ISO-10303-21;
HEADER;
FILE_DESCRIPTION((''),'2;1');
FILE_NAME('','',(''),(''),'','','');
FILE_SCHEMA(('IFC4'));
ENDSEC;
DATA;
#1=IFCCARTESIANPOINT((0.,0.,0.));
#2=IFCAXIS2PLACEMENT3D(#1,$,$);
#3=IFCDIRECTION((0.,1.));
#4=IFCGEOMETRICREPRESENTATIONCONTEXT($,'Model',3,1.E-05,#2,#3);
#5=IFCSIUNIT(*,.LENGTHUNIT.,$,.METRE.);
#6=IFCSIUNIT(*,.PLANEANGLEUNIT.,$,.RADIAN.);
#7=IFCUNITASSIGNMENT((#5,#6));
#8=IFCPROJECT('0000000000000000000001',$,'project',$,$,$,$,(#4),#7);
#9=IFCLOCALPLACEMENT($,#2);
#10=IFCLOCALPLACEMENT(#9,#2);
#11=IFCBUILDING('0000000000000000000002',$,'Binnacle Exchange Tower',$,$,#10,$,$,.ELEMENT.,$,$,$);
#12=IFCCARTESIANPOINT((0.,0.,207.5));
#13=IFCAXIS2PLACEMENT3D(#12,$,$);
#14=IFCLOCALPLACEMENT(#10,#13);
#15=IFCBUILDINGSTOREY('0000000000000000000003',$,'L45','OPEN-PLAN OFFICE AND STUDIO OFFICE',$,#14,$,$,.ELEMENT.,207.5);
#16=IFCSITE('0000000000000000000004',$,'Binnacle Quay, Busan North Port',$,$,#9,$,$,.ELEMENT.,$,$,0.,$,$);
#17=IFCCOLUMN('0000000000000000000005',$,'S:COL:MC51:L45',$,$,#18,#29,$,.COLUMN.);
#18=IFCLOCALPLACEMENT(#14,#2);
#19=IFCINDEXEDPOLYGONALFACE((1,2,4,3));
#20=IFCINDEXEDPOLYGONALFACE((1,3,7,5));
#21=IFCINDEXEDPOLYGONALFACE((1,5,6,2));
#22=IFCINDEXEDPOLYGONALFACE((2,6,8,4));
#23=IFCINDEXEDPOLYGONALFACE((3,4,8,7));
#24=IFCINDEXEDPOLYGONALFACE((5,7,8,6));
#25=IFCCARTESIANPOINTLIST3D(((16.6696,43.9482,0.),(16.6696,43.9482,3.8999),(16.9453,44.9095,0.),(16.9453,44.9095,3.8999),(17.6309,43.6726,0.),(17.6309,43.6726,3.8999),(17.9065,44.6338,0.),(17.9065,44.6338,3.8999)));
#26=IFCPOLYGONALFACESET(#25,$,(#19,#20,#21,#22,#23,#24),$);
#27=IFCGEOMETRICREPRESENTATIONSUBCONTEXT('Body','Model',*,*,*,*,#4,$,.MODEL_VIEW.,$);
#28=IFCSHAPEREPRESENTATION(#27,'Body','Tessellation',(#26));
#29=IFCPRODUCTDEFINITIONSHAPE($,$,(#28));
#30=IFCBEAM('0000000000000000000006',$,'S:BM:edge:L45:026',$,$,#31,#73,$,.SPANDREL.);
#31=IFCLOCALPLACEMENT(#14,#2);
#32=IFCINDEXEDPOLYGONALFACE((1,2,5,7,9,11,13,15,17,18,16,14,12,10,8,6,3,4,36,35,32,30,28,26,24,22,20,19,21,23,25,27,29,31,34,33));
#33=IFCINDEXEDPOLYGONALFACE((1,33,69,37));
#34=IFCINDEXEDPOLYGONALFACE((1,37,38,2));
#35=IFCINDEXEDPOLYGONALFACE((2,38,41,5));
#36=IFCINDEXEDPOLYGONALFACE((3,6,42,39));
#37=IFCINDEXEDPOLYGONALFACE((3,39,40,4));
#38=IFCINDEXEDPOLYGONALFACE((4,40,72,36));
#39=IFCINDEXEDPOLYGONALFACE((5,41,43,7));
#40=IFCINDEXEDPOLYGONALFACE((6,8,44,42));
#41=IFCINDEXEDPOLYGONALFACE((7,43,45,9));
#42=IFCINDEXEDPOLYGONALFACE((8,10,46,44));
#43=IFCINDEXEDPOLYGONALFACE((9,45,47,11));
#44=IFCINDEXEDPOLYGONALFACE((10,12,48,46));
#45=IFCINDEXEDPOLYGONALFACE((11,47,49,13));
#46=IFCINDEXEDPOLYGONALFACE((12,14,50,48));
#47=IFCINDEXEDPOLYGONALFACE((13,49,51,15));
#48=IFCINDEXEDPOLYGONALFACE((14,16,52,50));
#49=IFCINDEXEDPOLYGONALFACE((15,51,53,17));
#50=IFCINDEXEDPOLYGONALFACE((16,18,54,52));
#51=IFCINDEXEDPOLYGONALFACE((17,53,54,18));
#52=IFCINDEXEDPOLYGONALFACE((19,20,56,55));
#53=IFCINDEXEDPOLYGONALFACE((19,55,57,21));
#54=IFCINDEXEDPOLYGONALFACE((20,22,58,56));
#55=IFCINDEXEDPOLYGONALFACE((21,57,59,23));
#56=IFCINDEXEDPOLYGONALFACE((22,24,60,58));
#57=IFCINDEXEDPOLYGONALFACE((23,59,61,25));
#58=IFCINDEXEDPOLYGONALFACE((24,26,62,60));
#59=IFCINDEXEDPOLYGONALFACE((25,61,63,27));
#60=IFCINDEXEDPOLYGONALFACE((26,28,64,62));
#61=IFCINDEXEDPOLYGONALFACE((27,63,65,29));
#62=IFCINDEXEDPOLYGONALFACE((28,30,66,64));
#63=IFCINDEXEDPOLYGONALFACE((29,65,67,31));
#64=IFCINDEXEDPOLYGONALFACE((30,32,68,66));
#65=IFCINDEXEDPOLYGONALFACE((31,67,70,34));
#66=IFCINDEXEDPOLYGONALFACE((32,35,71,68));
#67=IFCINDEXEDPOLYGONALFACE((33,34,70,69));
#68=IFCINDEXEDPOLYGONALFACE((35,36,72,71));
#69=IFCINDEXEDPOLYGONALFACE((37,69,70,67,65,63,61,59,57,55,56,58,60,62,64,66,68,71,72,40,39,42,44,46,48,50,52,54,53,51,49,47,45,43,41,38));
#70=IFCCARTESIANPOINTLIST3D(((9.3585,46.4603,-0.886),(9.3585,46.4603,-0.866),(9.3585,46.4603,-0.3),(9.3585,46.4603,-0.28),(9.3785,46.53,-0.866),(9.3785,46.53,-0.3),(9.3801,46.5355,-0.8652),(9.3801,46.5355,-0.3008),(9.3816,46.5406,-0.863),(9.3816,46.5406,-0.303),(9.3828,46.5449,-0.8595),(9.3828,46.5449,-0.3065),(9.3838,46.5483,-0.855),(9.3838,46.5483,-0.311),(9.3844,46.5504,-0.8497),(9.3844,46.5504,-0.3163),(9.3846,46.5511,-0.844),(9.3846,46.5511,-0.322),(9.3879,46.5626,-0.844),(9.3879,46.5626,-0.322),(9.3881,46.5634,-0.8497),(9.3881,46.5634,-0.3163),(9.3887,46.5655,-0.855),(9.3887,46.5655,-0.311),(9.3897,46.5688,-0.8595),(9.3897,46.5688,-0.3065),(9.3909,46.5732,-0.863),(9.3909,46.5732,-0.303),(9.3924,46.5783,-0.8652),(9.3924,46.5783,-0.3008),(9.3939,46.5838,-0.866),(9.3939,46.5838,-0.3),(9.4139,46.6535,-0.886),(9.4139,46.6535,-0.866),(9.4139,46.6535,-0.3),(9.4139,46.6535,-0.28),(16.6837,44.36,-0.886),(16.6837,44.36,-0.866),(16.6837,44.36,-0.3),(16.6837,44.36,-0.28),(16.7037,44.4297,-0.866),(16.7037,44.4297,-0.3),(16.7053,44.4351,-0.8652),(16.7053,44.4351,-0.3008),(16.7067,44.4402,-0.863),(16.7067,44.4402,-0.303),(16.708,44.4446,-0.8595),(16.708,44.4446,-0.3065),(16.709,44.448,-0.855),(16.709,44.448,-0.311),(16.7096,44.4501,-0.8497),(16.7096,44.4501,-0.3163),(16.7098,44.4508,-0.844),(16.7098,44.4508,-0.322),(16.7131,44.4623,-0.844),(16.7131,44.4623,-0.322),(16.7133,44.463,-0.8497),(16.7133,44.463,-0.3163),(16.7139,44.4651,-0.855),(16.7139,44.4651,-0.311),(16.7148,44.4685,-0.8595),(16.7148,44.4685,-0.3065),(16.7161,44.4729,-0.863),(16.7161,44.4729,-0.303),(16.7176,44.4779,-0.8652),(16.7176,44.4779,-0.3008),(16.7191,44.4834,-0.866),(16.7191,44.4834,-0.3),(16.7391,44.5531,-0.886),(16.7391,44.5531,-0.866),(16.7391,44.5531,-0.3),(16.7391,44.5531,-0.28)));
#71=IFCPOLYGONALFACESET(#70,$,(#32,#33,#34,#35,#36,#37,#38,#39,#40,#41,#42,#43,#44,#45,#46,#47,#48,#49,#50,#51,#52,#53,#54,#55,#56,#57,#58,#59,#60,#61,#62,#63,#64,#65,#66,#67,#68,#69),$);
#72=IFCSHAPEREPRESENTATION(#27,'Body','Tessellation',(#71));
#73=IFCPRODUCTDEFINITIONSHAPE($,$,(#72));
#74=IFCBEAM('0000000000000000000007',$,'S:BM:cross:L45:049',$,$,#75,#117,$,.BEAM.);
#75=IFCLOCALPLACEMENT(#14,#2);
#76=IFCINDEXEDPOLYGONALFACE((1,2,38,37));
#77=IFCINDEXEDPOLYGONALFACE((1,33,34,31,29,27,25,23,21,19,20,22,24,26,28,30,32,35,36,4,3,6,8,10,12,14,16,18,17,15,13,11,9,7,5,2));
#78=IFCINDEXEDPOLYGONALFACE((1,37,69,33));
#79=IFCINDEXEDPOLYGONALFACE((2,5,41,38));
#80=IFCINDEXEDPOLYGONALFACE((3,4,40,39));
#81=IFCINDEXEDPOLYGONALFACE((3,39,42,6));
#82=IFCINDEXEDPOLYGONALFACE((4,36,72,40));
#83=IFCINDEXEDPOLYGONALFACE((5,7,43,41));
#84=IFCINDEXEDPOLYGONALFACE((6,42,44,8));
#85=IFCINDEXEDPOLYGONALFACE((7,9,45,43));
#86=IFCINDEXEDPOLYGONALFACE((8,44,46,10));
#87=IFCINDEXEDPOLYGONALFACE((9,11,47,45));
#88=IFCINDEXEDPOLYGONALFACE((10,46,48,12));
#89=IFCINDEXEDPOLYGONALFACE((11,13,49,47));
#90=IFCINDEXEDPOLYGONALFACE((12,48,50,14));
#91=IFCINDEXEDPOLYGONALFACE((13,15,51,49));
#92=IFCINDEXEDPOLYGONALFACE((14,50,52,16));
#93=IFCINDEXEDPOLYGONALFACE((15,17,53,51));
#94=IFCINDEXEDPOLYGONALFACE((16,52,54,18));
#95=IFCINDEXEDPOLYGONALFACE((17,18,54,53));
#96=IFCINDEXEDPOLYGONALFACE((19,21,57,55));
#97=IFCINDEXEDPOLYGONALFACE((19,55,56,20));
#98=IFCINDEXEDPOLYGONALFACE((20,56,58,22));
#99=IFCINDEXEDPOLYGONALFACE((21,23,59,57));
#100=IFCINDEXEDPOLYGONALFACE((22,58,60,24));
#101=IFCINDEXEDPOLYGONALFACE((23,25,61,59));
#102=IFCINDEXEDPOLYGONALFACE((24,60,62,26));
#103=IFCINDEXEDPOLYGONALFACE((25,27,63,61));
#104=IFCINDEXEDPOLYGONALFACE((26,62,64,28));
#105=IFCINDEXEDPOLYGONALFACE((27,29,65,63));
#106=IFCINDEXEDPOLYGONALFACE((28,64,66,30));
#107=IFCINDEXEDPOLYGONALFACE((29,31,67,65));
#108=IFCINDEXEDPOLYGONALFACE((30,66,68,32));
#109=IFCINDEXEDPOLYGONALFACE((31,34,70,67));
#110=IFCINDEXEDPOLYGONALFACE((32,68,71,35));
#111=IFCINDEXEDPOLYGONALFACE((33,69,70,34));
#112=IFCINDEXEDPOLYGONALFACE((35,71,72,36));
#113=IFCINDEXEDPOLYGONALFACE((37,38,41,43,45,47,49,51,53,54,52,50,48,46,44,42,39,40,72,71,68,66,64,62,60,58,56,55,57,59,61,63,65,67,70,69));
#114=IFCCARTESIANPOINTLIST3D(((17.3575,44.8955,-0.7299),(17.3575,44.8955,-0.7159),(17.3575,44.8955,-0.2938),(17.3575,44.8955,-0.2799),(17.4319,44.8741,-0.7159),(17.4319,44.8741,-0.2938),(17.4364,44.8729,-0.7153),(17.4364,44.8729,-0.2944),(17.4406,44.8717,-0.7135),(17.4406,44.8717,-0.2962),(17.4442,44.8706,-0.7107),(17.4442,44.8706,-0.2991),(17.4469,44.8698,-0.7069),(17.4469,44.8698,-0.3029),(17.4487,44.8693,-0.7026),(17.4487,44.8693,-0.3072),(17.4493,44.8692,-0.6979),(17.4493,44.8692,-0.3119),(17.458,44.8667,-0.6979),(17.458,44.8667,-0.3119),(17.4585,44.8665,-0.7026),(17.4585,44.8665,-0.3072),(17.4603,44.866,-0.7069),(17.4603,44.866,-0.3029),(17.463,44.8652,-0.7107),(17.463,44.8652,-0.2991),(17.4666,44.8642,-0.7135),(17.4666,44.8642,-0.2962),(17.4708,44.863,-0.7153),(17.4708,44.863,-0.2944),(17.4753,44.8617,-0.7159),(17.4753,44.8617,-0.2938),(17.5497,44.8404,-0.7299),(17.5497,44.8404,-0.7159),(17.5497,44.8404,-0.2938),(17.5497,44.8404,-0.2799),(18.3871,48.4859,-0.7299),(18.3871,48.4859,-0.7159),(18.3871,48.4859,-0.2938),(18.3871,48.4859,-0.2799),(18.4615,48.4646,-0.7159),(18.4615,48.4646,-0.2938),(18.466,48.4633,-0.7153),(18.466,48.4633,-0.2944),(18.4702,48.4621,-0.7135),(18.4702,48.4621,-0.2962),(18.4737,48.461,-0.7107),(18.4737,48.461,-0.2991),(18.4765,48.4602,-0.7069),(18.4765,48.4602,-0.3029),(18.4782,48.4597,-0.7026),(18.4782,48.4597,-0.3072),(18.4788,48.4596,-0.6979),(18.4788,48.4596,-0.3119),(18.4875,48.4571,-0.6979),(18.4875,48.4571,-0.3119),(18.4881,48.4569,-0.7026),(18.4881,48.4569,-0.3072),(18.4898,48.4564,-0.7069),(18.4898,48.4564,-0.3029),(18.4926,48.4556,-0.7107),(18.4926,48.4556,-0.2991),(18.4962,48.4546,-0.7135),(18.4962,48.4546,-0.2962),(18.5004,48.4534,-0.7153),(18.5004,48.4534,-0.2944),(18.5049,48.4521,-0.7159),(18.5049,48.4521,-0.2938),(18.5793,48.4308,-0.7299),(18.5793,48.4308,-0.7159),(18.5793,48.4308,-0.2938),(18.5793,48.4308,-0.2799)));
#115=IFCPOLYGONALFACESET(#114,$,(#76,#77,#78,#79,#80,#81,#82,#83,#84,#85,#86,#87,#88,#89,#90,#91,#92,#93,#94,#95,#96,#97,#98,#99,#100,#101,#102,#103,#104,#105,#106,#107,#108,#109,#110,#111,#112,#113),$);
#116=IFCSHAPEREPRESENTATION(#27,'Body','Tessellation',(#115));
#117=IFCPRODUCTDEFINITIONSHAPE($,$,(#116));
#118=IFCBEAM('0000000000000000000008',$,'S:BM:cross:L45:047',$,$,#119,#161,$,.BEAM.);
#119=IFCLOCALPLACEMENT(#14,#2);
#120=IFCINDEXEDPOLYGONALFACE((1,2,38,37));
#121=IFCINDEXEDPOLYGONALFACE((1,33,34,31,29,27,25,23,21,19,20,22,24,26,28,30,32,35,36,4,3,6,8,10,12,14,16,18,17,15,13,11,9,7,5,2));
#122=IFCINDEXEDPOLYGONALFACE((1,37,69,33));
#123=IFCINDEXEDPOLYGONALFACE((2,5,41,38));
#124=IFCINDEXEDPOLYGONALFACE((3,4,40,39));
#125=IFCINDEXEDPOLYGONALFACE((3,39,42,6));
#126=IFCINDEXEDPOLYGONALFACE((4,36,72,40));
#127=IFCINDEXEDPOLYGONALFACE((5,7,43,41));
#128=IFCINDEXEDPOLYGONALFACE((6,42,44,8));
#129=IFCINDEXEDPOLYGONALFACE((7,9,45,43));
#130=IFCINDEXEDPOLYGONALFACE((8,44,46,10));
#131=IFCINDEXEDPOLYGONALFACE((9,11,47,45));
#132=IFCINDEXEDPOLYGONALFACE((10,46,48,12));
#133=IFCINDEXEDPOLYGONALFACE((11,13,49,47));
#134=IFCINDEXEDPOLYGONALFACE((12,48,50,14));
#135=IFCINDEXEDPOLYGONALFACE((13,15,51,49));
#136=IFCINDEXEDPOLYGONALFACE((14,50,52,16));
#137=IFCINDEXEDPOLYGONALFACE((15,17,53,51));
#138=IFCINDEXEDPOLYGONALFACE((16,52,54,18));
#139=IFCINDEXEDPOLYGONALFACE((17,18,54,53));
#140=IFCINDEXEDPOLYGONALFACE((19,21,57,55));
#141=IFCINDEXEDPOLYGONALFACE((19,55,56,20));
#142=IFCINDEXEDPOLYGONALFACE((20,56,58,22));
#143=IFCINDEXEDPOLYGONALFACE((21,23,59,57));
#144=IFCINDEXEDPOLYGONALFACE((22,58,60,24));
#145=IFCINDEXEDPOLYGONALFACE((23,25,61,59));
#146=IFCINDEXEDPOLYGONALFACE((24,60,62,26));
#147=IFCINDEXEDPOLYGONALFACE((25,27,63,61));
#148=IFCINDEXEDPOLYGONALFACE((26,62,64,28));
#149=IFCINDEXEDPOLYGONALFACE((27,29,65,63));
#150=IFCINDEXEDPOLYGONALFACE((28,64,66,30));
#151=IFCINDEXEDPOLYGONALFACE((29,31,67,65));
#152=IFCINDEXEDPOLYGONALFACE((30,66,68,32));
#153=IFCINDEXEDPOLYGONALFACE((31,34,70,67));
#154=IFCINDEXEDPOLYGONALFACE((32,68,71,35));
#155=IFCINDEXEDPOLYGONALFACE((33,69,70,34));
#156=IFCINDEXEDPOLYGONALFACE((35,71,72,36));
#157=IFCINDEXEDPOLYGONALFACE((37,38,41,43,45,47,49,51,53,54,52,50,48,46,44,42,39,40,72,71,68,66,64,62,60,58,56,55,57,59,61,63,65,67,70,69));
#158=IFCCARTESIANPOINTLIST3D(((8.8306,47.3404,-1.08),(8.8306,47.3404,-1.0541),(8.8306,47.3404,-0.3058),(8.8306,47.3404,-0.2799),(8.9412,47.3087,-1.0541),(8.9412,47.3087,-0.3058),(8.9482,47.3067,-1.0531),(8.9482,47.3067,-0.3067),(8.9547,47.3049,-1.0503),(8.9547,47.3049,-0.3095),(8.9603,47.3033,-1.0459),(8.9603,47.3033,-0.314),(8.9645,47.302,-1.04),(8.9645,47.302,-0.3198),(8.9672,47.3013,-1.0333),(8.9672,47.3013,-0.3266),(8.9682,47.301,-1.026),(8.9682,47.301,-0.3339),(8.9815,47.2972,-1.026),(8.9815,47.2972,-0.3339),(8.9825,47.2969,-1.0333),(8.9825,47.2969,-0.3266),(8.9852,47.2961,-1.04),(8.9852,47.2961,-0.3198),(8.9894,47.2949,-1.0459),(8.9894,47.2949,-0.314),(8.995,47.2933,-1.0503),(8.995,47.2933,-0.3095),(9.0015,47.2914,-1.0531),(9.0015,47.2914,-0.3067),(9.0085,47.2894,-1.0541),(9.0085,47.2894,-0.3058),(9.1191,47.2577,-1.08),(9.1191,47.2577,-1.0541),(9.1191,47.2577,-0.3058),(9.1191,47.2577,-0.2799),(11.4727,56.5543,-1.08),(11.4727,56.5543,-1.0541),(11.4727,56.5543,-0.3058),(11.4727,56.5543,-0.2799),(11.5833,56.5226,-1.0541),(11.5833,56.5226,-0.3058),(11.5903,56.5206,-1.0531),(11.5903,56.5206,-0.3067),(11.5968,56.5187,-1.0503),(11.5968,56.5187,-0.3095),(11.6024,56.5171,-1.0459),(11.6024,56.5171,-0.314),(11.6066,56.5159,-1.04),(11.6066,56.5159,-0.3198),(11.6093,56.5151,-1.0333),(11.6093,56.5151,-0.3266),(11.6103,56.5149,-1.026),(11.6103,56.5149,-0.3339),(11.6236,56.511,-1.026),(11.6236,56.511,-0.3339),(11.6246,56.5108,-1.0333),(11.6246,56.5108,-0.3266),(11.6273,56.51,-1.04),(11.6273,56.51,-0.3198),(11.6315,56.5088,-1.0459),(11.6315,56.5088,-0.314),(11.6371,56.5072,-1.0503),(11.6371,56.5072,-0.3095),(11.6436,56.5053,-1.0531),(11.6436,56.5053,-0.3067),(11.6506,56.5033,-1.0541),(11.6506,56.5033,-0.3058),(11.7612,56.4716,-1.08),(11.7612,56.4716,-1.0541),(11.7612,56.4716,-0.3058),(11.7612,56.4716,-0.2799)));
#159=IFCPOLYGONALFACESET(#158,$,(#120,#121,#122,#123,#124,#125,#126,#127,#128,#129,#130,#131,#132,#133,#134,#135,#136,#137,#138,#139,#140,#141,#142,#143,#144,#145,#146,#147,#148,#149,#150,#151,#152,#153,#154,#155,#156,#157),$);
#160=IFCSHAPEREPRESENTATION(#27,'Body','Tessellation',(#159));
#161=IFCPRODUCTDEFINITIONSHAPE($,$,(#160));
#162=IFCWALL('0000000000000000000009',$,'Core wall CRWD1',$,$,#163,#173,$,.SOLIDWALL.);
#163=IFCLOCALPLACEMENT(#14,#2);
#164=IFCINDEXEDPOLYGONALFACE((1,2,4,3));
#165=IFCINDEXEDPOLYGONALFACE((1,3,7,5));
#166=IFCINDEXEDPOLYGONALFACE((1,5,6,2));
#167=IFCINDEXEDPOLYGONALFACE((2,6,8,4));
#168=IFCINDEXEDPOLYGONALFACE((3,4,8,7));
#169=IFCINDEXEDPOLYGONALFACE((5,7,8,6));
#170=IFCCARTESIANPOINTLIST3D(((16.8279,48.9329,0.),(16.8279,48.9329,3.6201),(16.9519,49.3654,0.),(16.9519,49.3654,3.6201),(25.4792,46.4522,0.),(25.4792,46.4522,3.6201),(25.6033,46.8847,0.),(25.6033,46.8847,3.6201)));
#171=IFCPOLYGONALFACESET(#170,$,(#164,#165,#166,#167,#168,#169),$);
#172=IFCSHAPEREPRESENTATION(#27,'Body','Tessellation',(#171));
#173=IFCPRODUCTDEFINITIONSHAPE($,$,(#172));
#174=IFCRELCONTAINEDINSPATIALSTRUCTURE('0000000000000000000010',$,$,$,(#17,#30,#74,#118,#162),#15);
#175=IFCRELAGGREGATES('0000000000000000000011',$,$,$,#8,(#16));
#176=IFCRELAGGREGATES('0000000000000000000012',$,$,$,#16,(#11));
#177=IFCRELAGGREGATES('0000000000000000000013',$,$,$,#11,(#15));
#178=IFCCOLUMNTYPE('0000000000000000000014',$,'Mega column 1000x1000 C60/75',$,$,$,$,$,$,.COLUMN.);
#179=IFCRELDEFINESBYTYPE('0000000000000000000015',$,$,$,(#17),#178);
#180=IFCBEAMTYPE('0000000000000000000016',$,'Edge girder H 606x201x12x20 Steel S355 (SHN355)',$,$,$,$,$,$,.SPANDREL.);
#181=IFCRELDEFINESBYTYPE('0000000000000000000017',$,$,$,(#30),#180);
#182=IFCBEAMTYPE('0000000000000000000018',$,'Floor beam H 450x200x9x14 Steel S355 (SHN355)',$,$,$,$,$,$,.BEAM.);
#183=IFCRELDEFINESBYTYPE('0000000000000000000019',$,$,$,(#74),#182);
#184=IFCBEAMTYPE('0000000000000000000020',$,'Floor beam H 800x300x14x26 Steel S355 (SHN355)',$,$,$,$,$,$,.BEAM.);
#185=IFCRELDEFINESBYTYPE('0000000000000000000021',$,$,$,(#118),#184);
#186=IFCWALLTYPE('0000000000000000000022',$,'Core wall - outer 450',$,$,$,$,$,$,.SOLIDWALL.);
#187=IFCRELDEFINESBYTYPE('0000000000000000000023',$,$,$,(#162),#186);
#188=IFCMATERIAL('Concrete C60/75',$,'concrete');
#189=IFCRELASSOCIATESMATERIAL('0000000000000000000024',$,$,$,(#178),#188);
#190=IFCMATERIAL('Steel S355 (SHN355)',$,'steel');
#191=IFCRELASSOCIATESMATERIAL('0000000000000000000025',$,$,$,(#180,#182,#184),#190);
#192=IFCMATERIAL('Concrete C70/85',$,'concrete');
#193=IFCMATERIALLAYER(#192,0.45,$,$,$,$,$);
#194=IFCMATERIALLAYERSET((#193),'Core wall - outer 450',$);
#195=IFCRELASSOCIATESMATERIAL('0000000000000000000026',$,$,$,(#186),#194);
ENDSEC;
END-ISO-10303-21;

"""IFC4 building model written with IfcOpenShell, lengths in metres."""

from ifc_helpers import new_model, si_unit, direction, frame, frame_2d, origin, origin_2d, place, context, subcontext, project, spatial, rectangle, i_section, extrude, material, layer, layer_set, material_profile, profile_set, type_object, element, save


model = new_model("IFC4")

# Units and contexts
model_context = context("Model", 3, precision=1e-05, world=origin(), true_north=direction((0.0, 1.0)))
body_context = subcontext(model_context, "Body", "Model", "MODEL_VIEW")
ifc_project = project(units=[si_unit("LENGTHUNIT", "METRE"), si_unit("PLANEANGLEUNIT", "RADIAN")], contexts=[model_context])

# Site, building, storey
site_placement = place(None, origin())
site = spatial("IfcSite", under=ifc_project, at=site_placement, Name="Binnacle Quay, Busan North Port", CompositionType="ELEMENT", RefElevation=0.0)
building_placement = place(site_placement, origin())
building = spatial("IfcBuilding", under=site, at=building_placement, Name="Binnacle Exchange Tower", CompositionType="ELEMENT")
storey_placement = place(building_placement, frame((0.0, 0.0, 207.5)))
storey = spatial("IfcBuildingStorey", under=building, at=storey_placement, Name="L45", Description="OPEN-PLAN OFFICE AND STUDIO OFFICE", CompositionType="ELEMENT", Elevation=207.5)

# Column
ifc_material_1 = material(Name="Concrete C60/75", Category="concrete")
ifc_material_profile_1 = material_profile(ifc_material_1, rectangle(XDim=1.0, YDim=1.0, at=origin_2d()), Name="Mega column 1000x1000 C60/75")
ifc_profile_set_1 = profile_set([ifc_material_profile_1], Name="Concrete C60/75")
column_type = type_object("IfcColumnType", Name="Mega column 1000x1000 C60/75", PredefinedType="COLUMN", material=ifc_profile_set_1)
column_placement = place(storey_placement, frame((17.2881, 44.291, 0.0), z_axis=(0.0, 0.0, 1.0), x_axis=(0.961262, -0.275637, 0.0)))
element("IfcColumn", 1, at=column_placement, inside=storey, type_object=column_type, Name="S:COL:MC51:L45", PredefinedType="COLUMN", context=body_context, shape_type="SweptSolid", body=[
    extrude(rectangle(XDim=1.0, YDim=1.0, at=origin_2d()), origin(), (0.0, 0.0, 1.0), 3.8999),
])

# Beams
ifc_material_2 = material(Name="Steel S355 (SHN355)", Category="steel")
ifc_material_profile_2 = material_profile(ifc_material_2, i_section(OverallWidth=0.2009, OverallDepth=0.606, WebThickness=0.012, FlangeThickness=0.02, FilletRadius=0.022, at=origin_2d()), Name="H 606x201x12x20")
ifc_profile_set_2 = profile_set([ifc_material_profile_2], Name="Steel S355 (SHN355)")
beam_type_1 = type_object("IfcBeamType", Name="Edge girder H 606x201x12x20 Steel S355 (SHN355)", PredefinedType="SPANDREL", material=ifc_profile_set_2)
beam_1_placement = place(storey_placement, frame((9.3862, 46.5569, -0.583), z_axis=(0.961266, -0.275622, 0.0), x_axis=(0.275622, 0.961266, 0.0)))
element("IfcBeam", 2, at=beam_1_placement, inside=storey, type_object=beam_type_1, Name="S:BM:edge:L45:026", PredefinedType="SPANDREL", context=body_context, shape_type="SweptSolid", body=[
    extrude(i_section(OverallWidth=0.2009, OverallDepth=0.606, WebThickness=0.012, FlangeThickness=0.02, FilletRadius=0.022, at=origin_2d()), origin(), (0.0, 0.0, 1.0), 7.6204),
])
ifc_material_profile_3 = material_profile(ifc_material_2, i_section(OverallWidth=0.2, OverallDepth=0.45, WebThickness=0.009, FlangeThickness=0.0139, FilletRadius=0.0181, at=origin_2d()), Name="H 450x200x9x14")
ifc_profile_set_3 = profile_set([ifc_material_profile_3], Name="Steel S355 (SHN355)")
beam_type_2 = type_object("IfcBeamType", Name="Floor beam H 450x200x9x14 Steel S355 (SHN355)", PredefinedType="BEAM", material=ifc_profile_set_3)
beam_2_placement = place(storey_placement, frame((17.4536, 44.8679, -0.5049), z_axis=(0.275645, 0.96126, 0.0), x_axis=(-0.96126, 0.275645, 0.0)))
element("IfcBeam", 3, at=beam_2_placement, inside=storey, type_object=beam_type_2, Name="S:BM:cross:L45:049", PredefinedType="BEAM", context=body_context, shape_type="SweptSolid", body=[
    extrude(i_section(OverallWidth=0.2, OverallDepth=0.45, WebThickness=0.009, FlangeThickness=0.0139, FilletRadius=0.0181, at=origin_2d()), origin(), (0.0, 0.0, 1.0), 3.7351),
])
ifc_material_profile_4 = material_profile(ifc_material_2, i_section(OverallWidth=0.3, OverallDepth=0.8, WebThickness=0.0139, FlangeThickness=0.0259, FilletRadius=0.0281, at=origin_2d()), Name="H 800x300x14x26")
ifc_profile_set_4 = profile_set([ifc_material_profile_4], Name="Steel S355 (SHN355)")
beam_type_3 = type_object("IfcBeamType", Name="Floor beam H 800x300x14x26 Steel S355 (SHN355)", PredefinedType="BEAM", material=ifc_profile_set_4)
beam_3_placement = place(storey_placement, frame((8.9749, 47.2991, -0.6799), z_axis=(0.275643, 0.96126, 0.0), x_axis=(-0.96126, 0.275643, 0.0)))
element("IfcBeam", 4, at=beam_3_placement, inside=storey, type_object=beam_type_3, Name="S:BM:cross:L45:047", PredefinedType="BEAM", context=body_context, shape_type="SweptSolid", body=[
    extrude(i_section(OverallWidth=0.3, OverallDepth=0.8, WebThickness=0.0139, FlangeThickness=0.0259, FilletRadius=0.0281, at=origin_2d()), origin(), (0.0, 0.0, 1.0), 9.5852),
])

# Wall
ifc_material_3 = material(Name="Concrete C70/85", Category="concrete")
ifc_layer_1 = layer(ifc_material_3, 0.45)
ifc_layer_set_1 = layer_set([ifc_layer_1], Name="Core wall - outer 450")
wall_type_1 = type_object("IfcWallType", Name="Core wall - outer 450", PredefinedType="SOLIDWALL", material=ifc_layer_set_1)
wall_1_placement = place(storey_placement, frame((16.8899, 49.1492, 0.0), z_axis=(0.0, 0.0, 1.0), x_axis=(0.961262, -0.275635, 0.0)))
element("IfcWall", 5, at=wall_1_placement, inside=storey, type_object=wall_type_1, Name="Core wall CRWD1", PredefinedType="SOLIDWALL", context=body_context, shape_type="SweptSolid", body=[
    extrude(rectangle(XDim=9.0, YDim=0.45, at=frame_2d((4.5, 0.0))), origin(), (0.0, 0.0, 1.0), 3.6201),
])

save(model, "model.ifc")
